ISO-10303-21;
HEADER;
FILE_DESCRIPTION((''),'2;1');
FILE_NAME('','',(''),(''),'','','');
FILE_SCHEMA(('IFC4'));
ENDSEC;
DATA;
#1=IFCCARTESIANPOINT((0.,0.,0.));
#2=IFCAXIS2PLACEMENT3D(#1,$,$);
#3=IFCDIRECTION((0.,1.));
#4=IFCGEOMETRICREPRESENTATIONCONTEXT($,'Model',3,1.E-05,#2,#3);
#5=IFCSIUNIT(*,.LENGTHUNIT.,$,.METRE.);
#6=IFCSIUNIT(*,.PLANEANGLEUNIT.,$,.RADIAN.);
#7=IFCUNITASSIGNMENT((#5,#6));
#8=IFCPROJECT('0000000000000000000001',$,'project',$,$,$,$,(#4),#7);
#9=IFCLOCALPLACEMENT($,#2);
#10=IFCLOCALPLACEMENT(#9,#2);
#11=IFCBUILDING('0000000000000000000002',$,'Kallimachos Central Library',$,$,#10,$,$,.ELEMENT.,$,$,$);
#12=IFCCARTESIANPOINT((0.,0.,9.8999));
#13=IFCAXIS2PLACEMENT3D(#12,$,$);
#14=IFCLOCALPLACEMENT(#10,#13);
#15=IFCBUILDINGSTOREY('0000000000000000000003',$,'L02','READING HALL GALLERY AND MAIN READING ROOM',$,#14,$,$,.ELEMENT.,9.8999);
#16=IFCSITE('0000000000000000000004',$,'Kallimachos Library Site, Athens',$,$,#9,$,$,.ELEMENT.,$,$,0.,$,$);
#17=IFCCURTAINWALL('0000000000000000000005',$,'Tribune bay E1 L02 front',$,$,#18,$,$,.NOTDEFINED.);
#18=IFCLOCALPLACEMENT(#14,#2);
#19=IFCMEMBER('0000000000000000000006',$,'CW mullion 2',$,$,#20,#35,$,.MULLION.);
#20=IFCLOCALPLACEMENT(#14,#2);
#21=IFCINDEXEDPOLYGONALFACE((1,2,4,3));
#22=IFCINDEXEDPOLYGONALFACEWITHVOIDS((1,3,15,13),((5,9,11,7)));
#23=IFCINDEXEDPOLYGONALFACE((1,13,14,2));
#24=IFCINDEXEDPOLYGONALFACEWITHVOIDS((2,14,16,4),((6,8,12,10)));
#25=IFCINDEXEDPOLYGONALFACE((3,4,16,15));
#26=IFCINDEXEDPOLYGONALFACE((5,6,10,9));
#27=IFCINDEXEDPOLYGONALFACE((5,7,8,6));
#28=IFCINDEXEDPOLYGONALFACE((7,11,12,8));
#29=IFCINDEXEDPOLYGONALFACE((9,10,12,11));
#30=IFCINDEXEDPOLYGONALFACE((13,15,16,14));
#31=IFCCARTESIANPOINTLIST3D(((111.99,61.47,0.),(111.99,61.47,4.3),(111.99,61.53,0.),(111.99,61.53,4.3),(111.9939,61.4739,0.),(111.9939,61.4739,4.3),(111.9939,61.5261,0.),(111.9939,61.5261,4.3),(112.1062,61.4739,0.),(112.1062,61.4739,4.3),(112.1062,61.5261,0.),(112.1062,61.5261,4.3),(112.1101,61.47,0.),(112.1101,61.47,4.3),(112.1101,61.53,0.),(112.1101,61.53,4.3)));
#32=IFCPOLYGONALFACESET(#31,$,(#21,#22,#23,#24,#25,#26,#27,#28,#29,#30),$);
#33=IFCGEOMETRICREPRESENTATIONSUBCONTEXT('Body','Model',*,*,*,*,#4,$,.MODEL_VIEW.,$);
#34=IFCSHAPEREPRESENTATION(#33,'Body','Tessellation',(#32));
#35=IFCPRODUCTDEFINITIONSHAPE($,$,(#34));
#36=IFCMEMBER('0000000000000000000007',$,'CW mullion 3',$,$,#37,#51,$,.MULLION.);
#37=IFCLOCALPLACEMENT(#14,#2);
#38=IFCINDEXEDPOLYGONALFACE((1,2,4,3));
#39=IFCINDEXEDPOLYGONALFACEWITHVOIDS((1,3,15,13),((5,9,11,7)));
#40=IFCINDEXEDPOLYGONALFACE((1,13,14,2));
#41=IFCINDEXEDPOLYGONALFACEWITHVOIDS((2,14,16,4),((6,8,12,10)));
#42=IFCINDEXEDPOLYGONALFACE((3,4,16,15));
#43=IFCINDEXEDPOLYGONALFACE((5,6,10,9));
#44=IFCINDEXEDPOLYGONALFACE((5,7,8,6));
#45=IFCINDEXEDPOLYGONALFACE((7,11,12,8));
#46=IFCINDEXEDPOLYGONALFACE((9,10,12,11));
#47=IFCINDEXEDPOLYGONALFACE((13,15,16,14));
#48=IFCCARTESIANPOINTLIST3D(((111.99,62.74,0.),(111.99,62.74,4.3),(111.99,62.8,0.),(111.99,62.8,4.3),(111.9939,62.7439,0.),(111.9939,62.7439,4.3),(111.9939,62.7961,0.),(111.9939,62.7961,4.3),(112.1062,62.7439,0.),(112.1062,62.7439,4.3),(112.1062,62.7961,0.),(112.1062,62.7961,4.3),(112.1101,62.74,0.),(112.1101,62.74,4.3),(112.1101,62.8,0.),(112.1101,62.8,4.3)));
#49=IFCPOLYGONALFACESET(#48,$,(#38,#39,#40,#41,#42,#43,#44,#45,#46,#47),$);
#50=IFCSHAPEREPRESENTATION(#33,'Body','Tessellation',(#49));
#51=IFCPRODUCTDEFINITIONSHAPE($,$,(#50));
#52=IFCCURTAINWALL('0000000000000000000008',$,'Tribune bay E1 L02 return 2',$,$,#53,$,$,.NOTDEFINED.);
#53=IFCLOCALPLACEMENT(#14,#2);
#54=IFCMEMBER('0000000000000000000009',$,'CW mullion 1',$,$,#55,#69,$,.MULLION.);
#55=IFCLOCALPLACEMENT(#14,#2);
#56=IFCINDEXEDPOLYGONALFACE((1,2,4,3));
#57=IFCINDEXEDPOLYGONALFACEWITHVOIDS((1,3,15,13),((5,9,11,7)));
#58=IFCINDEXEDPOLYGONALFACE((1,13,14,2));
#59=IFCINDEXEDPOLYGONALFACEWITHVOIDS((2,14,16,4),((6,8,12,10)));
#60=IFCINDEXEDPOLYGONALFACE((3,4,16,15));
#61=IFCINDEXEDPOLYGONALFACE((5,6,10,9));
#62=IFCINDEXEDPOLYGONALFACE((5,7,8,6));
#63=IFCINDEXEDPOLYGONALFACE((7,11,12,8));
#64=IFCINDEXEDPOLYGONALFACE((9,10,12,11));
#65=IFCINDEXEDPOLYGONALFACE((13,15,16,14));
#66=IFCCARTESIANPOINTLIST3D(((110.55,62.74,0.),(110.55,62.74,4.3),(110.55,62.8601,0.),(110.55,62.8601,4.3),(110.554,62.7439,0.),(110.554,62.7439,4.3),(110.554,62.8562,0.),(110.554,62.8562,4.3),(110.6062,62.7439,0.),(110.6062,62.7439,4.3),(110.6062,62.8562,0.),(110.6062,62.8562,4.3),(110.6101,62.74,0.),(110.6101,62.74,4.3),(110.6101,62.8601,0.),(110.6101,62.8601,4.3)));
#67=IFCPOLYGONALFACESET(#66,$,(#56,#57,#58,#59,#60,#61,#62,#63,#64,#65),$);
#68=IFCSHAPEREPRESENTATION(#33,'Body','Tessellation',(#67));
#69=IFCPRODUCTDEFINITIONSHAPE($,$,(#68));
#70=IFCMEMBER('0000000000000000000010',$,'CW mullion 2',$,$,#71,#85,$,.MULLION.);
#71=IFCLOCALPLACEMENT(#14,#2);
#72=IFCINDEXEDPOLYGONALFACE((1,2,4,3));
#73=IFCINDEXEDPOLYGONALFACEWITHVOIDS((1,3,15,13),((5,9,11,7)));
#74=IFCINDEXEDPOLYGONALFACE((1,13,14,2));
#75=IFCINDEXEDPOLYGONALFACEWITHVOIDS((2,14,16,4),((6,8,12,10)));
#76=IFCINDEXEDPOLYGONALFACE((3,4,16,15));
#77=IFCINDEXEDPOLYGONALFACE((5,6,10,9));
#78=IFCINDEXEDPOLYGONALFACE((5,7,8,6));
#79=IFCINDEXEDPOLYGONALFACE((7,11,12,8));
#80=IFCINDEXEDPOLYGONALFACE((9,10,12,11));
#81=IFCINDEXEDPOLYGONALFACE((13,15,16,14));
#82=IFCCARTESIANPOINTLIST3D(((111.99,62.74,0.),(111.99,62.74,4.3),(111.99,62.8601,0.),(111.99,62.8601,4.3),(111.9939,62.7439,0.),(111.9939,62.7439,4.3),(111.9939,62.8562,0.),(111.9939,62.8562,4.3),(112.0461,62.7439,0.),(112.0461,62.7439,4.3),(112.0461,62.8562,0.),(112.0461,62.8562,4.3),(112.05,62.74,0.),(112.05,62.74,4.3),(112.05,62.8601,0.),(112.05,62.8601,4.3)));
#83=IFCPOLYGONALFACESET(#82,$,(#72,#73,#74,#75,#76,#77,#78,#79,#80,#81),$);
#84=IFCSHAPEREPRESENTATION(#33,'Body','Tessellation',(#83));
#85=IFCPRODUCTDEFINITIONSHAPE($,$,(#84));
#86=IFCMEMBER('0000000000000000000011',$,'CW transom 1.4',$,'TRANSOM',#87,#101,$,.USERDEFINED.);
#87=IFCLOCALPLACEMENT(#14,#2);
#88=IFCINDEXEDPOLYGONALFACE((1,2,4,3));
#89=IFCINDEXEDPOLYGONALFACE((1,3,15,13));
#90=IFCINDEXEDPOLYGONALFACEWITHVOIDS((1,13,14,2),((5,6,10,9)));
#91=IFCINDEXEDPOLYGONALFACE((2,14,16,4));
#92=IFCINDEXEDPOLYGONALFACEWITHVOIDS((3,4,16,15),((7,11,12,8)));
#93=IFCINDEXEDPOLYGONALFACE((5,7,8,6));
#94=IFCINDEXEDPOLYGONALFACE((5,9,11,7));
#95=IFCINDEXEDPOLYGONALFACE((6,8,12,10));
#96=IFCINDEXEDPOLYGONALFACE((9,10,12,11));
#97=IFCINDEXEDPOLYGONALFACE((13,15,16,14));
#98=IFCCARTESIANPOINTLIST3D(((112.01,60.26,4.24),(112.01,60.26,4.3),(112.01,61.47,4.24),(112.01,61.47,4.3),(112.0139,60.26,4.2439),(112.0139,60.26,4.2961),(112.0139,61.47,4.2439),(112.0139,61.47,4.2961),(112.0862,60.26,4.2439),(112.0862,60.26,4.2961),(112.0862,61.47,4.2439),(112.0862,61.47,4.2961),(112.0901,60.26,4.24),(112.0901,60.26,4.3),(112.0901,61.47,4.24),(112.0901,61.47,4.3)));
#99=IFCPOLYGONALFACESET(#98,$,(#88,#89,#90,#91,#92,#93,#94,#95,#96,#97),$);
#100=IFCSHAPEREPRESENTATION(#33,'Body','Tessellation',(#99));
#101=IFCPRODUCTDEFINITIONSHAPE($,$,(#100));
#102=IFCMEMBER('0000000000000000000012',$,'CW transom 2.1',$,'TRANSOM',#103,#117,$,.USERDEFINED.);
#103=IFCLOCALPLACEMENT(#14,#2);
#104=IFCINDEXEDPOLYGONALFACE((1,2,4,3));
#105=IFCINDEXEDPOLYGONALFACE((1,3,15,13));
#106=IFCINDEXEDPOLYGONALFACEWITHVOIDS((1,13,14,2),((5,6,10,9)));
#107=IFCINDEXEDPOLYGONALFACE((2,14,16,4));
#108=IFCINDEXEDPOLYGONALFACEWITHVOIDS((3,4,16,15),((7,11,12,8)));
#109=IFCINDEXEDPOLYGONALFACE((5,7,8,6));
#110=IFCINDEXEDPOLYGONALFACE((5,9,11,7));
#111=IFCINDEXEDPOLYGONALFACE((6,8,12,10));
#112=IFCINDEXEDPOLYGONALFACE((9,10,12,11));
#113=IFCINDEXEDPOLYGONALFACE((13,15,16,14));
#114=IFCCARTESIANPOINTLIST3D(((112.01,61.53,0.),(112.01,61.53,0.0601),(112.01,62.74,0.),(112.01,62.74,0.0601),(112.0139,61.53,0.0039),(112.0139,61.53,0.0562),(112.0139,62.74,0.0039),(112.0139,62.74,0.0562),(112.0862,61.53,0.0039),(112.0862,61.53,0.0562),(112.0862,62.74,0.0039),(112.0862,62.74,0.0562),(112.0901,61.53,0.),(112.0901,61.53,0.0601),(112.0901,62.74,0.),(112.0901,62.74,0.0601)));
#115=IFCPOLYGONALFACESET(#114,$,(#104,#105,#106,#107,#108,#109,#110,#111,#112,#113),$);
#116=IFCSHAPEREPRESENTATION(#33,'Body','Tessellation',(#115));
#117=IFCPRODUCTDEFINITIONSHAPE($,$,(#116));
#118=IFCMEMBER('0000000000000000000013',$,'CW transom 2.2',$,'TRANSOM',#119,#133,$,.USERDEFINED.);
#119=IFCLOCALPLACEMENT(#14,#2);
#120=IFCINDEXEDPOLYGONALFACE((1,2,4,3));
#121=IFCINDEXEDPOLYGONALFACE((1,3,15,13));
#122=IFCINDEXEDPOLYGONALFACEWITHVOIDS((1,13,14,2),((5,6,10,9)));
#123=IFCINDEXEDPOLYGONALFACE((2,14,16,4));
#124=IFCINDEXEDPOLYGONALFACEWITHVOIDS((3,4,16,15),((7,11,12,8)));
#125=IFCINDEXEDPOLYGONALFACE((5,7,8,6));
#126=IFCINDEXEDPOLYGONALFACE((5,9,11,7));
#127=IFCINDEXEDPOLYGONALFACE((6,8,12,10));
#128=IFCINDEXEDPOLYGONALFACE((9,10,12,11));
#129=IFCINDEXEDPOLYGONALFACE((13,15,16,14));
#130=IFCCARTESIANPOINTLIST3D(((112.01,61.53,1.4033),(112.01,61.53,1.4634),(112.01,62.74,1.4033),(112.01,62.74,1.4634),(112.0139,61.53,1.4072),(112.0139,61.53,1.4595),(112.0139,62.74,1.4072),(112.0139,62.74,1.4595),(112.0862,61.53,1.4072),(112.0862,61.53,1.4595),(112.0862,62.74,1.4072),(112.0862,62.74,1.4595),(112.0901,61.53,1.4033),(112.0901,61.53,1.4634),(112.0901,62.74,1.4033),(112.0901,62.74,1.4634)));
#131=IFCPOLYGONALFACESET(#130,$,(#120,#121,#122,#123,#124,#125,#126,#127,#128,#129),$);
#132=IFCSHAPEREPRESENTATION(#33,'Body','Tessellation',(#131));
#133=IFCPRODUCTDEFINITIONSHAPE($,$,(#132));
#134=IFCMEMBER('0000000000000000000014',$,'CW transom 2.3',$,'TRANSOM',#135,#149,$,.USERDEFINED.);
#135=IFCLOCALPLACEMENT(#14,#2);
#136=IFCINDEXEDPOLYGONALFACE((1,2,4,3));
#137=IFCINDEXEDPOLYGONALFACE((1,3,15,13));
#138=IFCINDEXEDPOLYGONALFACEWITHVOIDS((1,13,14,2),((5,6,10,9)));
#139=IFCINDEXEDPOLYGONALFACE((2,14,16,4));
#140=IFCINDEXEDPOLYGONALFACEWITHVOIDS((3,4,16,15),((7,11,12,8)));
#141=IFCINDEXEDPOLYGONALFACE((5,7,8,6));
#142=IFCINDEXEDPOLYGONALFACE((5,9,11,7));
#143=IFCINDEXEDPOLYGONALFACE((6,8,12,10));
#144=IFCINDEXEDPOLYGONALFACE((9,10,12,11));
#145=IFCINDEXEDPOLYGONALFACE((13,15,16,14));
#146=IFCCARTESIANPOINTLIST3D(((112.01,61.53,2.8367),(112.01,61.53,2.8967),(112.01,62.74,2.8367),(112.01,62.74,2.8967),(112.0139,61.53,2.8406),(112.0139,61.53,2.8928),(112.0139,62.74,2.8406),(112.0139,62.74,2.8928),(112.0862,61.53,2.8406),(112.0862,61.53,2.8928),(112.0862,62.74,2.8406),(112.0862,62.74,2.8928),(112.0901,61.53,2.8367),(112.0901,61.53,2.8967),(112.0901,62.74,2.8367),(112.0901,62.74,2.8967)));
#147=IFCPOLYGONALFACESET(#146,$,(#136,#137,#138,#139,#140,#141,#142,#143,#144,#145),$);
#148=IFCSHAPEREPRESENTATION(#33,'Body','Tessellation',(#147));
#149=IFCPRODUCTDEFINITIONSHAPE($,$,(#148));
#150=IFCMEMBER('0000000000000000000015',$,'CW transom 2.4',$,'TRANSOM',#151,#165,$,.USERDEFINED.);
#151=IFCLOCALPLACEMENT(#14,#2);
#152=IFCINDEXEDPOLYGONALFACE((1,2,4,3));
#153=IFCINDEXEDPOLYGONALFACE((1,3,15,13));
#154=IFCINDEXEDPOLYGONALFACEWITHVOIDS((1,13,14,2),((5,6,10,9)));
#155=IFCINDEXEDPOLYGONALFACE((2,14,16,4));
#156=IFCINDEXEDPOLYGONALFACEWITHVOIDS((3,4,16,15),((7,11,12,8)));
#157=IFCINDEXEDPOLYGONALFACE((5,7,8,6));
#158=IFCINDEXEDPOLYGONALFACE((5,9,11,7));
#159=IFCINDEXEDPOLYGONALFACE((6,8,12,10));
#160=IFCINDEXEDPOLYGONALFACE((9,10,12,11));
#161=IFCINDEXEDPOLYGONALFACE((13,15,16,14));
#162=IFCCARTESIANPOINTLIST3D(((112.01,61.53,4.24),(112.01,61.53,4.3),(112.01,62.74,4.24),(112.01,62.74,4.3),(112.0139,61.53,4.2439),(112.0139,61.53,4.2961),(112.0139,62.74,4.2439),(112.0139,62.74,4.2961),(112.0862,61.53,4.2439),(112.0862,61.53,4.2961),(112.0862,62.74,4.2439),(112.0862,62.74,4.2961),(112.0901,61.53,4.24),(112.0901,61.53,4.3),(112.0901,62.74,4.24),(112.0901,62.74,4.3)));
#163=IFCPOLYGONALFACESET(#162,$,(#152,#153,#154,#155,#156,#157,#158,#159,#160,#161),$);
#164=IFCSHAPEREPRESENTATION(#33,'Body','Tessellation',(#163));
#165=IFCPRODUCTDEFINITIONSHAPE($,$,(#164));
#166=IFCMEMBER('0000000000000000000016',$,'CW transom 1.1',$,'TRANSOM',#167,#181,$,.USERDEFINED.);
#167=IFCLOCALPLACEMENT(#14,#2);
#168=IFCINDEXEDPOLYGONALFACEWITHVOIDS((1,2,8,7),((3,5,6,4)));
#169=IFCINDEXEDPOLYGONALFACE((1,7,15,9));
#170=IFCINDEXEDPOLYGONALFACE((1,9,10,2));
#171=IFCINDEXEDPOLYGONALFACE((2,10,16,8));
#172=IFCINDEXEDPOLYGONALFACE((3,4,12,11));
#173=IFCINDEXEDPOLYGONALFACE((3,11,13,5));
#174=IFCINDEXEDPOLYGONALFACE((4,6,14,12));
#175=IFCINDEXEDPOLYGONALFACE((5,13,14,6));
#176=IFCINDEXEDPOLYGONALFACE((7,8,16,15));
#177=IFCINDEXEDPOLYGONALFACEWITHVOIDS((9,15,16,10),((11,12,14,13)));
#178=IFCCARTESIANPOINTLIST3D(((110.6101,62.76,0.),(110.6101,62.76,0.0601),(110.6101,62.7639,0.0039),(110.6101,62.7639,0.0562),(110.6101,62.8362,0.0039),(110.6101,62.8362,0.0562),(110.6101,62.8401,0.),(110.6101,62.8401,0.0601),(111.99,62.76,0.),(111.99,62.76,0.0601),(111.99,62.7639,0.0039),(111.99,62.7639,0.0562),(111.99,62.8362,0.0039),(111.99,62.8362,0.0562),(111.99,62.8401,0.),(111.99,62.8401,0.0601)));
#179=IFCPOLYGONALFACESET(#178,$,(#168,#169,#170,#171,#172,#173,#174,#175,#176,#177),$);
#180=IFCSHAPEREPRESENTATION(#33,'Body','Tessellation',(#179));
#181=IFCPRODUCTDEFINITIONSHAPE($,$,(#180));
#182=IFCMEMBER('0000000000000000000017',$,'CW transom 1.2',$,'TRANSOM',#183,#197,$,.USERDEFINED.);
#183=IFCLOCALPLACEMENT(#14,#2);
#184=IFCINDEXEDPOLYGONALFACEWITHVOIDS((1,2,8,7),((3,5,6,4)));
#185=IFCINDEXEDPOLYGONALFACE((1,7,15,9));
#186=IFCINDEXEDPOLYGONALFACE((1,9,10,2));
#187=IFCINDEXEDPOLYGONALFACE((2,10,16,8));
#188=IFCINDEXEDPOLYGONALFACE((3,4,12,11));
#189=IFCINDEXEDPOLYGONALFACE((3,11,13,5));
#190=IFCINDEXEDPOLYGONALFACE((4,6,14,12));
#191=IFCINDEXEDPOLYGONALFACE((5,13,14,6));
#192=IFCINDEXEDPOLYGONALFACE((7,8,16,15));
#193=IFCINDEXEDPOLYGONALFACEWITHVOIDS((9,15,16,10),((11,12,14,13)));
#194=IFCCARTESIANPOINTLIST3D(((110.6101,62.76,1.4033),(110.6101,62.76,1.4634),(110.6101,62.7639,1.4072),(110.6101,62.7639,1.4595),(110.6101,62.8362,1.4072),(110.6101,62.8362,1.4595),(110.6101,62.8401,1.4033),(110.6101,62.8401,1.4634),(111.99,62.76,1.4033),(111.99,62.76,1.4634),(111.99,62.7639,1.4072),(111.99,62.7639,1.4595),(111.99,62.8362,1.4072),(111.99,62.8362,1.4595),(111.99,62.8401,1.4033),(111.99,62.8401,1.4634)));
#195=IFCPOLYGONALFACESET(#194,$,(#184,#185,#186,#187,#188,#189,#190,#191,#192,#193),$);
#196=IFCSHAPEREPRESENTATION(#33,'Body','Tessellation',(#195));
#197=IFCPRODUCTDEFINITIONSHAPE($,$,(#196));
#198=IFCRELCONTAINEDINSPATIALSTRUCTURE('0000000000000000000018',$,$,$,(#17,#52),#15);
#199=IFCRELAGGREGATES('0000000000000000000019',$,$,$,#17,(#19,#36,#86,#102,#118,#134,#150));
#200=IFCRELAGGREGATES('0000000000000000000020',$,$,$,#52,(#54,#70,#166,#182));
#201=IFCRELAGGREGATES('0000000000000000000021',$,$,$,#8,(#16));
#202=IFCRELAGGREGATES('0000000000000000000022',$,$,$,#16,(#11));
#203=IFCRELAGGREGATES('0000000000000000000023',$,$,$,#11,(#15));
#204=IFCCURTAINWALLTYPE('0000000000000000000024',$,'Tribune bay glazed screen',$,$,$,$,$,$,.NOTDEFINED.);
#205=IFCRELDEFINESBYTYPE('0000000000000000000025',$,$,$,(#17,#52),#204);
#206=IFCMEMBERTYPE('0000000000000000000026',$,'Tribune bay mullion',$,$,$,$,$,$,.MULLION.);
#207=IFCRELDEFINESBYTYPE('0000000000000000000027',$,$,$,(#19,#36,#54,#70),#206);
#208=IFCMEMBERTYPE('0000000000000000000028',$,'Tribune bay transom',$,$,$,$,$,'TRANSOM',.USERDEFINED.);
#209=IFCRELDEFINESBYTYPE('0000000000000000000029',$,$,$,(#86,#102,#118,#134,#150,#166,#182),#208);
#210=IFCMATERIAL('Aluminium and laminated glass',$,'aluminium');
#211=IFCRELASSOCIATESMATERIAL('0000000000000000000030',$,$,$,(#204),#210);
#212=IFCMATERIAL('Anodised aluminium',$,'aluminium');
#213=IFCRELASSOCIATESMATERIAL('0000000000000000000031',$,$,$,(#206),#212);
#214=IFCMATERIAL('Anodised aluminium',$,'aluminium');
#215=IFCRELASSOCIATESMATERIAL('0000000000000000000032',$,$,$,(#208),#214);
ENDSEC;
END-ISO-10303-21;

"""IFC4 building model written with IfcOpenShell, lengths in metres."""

from ifc_helpers import new_model, si_unit, direction, frame, origin, origin_2d, place, context, subcontext, project, spatial, hollow_rectangle, extrude, material, material_profile, profile_set, type_object, element, aggregate, save


model = new_model("IFC4")

# Units and contexts
model_context = context("Model", 3, precision=1e-05, world=origin(), true_north=direction((0.0, 1.0)))
body_context = subcontext(model_context, "Body", "Model", "MODEL_VIEW")
ifc_project = project(units=[si_unit("LENGTHUNIT", "METRE"), si_unit("PLANEANGLEUNIT", "RADIAN")], contexts=[model_context])

# Site, building, storey
site_placement = place(None, origin())
site = spatial("IfcSite", under=ifc_project, at=site_placement, Name="Kallimachos Library Site, Athens", CompositionType="ELEMENT", RefElevation=0.0)
building_placement = place(site_placement, origin())
building = spatial("IfcBuilding", under=site, at=building_placement, Name="Kallimachos Central Library", CompositionType="ELEMENT")
storey_placement = place(building_placement, frame((0.0, 0.0, 9.8999)))
storey = spatial("IfcBuildingStorey", under=building, at=storey_placement, Name="L02", Description="READING HALL GALLERY AND MAIN READING ROOM", CompositionType="ELEMENT", Elevation=9.8999)

# Curtain walls, members
ifc_material_1 = material(Name="Aluminium and laminated glass", Category="aluminium")
curtain_wall_type = type_object("IfcCurtainWallType", Name="Tribune bay glazed screen", PredefinedType="NOTDEFINED", material=ifc_material_1)
curtain_wall_1_placement = place(storey_placement, origin())
curtain_wall_1 = element("IfcCurtainWall", 1, at=curtain_wall_1_placement, inside=storey, type_object=curtain_wall_type, Name="Tribune bay E1 L02 front", PredefinedType="NOTDEFINED")
ifc_material_2 = material(Name="Anodised aluminium", Category="aluminium")
ifc_material_profile_1 = material_profile(ifc_material_2, hollow_rectangle(XDim=0.0601, YDim=0.1201, WallThickness=0.0039, at=origin_2d()), Name="ALU MULLION 60x120")
ifc_profile_set_1 = profile_set([ifc_material_profile_1], Name="Anodised aluminium")
member_type_1 = type_object("IfcMemberType", Name="Tribune bay mullion", PredefinedType="MULLION", material=ifc_profile_set_1)
member_1_placement = place(storey_placement, frame((112.05, 61.5, 0.0), z_axis=(0.0, 0.0, 1.0), x_axis=(0.0, 1.0, 0.0)))
member_1 = element("IfcMember", 2, at=member_1_placement, type_object=member_type_1, Name="CW mullion 2", PredefinedType="MULLION", context=body_context, shape_type="SweptSolid", body=[
    extrude(hollow_rectangle(XDim=0.0601, YDim=0.1201, WallThickness=0.0039, at=origin_2d()), origin(), (0.0, 0.0, 1.0), 4.3),
])
member_2_placement = place(storey_placement, frame((112.05, 62.77, 0.0), z_axis=(0.0, 0.0, 1.0), x_axis=(0.0, 1.0, 0.0)))
member_2 = element("IfcMember", 3, at=member_2_placement, type_object=member_type_1, Name="CW mullion 3", PredefinedType="MULLION", context=body_context, shape_type="SweptSolid", body=[
    extrude(hollow_rectangle(XDim=0.0601, YDim=0.1201, WallThickness=0.0039, at=origin_2d()), origin(), (0.0, 0.0, 1.0), 4.3),
])
curtain_wall_2_placement = place(storey_placement, origin())
curtain_wall_2 = element("IfcCurtainWall", 4, at=curtain_wall_2_placement, inside=storey, type_object=curtain_wall_type, Name="Tribune bay E1 L02 return 2", PredefinedType="NOTDEFINED")
member_3_placement = place(storey_placement, frame((110.5801, 62.8, 0.0), z_axis=(0.0, 0.0, 1.0), x_axis=(1.0, 0.0, 0.0)))
member_3 = element("IfcMember", 5, at=member_3_placement, type_object=member_type_1, Name="CW mullion 1", PredefinedType="MULLION", context=body_context, shape_type="SweptSolid", body=[
    extrude(hollow_rectangle(XDim=0.0601, YDim=0.1201, WallThickness=0.0039, at=origin_2d()), origin(), (0.0, 0.0, 1.0), 4.3),
])
member_4_placement = place(storey_placement, frame((112.02, 62.8, 0.0), z_axis=(0.0, 0.0, 1.0), x_axis=(1.0, 0.0, 0.0)))
member_4 = element("IfcMember", 6, at=member_4_placement, type_object=member_type_1, Name="CW mullion 2", PredefinedType="MULLION", context=body_context, shape_type="SweptSolid", body=[
    extrude(hollow_rectangle(XDim=0.0601, YDim=0.1201, WallThickness=0.0039, at=origin_2d()), origin(), (0.0, 0.0, 1.0), 4.3),
])

# Members
ifc_material_3 = material(Name="Anodised aluminium", Category="aluminium")
ifc_material_profile_2 = material_profile(ifc_material_3, hollow_rectangle(XDim=0.0601, YDim=0.0801, WallThickness=0.0039, at=origin_2d()), Name="ALU TRANSOM 60x80")
ifc_profile_set_2 = profile_set([ifc_material_profile_2], Name="Anodised aluminium")
member_type_2 = type_object("IfcMemberType", Name="Tribune bay transom", ElementType="TRANSOM", PredefinedType="USERDEFINED", material=ifc_profile_set_2)
member_5_placement = place(storey_placement, frame((112.05, 60.26, 4.27), z_axis=(0.0, 1.0, 0.0), x_axis=(0.0, 0.0, 1.0)))
member_5 = element("IfcMember", 7, at=member_5_placement, type_object=member_type_2, Name="CW transom 1.4", ObjectType="TRANSOM", PredefinedType="USERDEFINED", context=body_context, shape_type="SweptSolid", body=[
    extrude(hollow_rectangle(XDim=0.0601, YDim=0.0801, WallThickness=0.0039, at=origin_2d()), origin(), (0.0, 0.0, 1.0), 1.21),
])
member_6_placement = place(storey_placement, frame((112.05, 61.53, 0.03), z_axis=(0.0, 1.0, 0.0), x_axis=(0.0, 0.0, 1.0)))
member_6 = element("IfcMember", 8, at=member_6_placement, type_object=member_type_2, Name="CW transom 2.1", ObjectType="TRANSOM", PredefinedType="USERDEFINED", context=body_context, shape_type="SweptSolid", body=[
    extrude(hollow_rectangle(XDim=0.0601, YDim=0.0801, WallThickness=0.0039, at=origin_2d()), origin(), (0.0, 0.0, 1.0), 1.21),
])
member_7_placement = place(storey_placement, frame((112.05, 61.53, 1.4333), z_axis=(0.0, 1.0, 0.0), x_axis=(0.0, 0.0, 1.0)))
member_7 = element("IfcMember", 9, at=member_7_placement, type_object=member_type_2, Name="CW transom 2.2", ObjectType="TRANSOM", PredefinedType="USERDEFINED", context=body_context, shape_type="SweptSolid", body=[
    extrude(hollow_rectangle(XDim=0.0601, YDim=0.0801, WallThickness=0.0039, at=origin_2d()), origin(), (0.0, 0.0, 1.0), 1.21),
])
member_8_placement = place(storey_placement, frame((112.05, 61.53, 2.8667), z_axis=(0.0, 1.0, 0.0), x_axis=(0.0, 0.0, 1.0)))
member_8 = element("IfcMember", 10, at=member_8_placement, type_object=member_type_2, Name="CW transom 2.3", ObjectType="TRANSOM", PredefinedType="USERDEFINED", context=body_context, shape_type="SweptSolid", body=[
    extrude(hollow_rectangle(XDim=0.0601, YDim=0.0801, WallThickness=0.0039, at=origin_2d()), origin(), (0.0, 0.0, 1.0), 1.21),
])
member_9_placement = place(storey_placement, frame((112.05, 61.53, 4.27), z_axis=(0.0, 1.0, 0.0), x_axis=(0.0, 0.0, 1.0)))
member_9 = element("IfcMember", 11, at=member_9_placement, type_object=member_type_2, Name="CW transom 2.4", ObjectType="TRANSOM", PredefinedType="USERDEFINED", context=body_context, shape_type="SweptSolid", body=[
    extrude(hollow_rectangle(XDim=0.0601, YDim=0.0801, WallThickness=0.0039, at=origin_2d()), origin(), (0.0, 0.0, 1.0), 1.21),
])
member_10_placement = place(storey_placement, frame((110.6101, 62.8, 0.03), z_axis=(1.0, 0.0, 0.0), x_axis=(0.0, 0.0, 1.0)))
member_10 = element("IfcMember", 12, at=member_10_placement, type_object=member_type_2, Name="CW transom 1.1", ObjectType="TRANSOM", PredefinedType="USERDEFINED", context=body_context, shape_type="SweptSolid", body=[
    extrude(hollow_rectangle(XDim=0.0601, YDim=0.0801, WallThickness=0.0039, at=origin_2d()), origin(), (0.0, 0.0, 1.0), 1.3799),
])
member_11_placement = place(storey_placement, frame((110.6101, 62.8, 1.4333), z_axis=(1.0, 0.0, 0.0), x_axis=(0.0, 0.0, 1.0)))
member_11 = element("IfcMember", 13, at=member_11_placement, type_object=member_type_2, Name="CW transom 1.2", ObjectType="TRANSOM", PredefinedType="USERDEFINED", context=body_context, shape_type="SweptSolid", body=[
    extrude(hollow_rectangle(XDim=0.0601, YDim=0.0801, WallThickness=0.0039, at=origin_2d()), origin(), (0.0, 0.0, 1.0), 1.3799),
])

aggregate(curtain_wall_1, [member_1, member_2, member_5, member_6, member_7, member_8, member_9])
aggregate(curtain_wall_2, [member_3, member_4, member_10, member_11])

save(model, "model.ifc")
